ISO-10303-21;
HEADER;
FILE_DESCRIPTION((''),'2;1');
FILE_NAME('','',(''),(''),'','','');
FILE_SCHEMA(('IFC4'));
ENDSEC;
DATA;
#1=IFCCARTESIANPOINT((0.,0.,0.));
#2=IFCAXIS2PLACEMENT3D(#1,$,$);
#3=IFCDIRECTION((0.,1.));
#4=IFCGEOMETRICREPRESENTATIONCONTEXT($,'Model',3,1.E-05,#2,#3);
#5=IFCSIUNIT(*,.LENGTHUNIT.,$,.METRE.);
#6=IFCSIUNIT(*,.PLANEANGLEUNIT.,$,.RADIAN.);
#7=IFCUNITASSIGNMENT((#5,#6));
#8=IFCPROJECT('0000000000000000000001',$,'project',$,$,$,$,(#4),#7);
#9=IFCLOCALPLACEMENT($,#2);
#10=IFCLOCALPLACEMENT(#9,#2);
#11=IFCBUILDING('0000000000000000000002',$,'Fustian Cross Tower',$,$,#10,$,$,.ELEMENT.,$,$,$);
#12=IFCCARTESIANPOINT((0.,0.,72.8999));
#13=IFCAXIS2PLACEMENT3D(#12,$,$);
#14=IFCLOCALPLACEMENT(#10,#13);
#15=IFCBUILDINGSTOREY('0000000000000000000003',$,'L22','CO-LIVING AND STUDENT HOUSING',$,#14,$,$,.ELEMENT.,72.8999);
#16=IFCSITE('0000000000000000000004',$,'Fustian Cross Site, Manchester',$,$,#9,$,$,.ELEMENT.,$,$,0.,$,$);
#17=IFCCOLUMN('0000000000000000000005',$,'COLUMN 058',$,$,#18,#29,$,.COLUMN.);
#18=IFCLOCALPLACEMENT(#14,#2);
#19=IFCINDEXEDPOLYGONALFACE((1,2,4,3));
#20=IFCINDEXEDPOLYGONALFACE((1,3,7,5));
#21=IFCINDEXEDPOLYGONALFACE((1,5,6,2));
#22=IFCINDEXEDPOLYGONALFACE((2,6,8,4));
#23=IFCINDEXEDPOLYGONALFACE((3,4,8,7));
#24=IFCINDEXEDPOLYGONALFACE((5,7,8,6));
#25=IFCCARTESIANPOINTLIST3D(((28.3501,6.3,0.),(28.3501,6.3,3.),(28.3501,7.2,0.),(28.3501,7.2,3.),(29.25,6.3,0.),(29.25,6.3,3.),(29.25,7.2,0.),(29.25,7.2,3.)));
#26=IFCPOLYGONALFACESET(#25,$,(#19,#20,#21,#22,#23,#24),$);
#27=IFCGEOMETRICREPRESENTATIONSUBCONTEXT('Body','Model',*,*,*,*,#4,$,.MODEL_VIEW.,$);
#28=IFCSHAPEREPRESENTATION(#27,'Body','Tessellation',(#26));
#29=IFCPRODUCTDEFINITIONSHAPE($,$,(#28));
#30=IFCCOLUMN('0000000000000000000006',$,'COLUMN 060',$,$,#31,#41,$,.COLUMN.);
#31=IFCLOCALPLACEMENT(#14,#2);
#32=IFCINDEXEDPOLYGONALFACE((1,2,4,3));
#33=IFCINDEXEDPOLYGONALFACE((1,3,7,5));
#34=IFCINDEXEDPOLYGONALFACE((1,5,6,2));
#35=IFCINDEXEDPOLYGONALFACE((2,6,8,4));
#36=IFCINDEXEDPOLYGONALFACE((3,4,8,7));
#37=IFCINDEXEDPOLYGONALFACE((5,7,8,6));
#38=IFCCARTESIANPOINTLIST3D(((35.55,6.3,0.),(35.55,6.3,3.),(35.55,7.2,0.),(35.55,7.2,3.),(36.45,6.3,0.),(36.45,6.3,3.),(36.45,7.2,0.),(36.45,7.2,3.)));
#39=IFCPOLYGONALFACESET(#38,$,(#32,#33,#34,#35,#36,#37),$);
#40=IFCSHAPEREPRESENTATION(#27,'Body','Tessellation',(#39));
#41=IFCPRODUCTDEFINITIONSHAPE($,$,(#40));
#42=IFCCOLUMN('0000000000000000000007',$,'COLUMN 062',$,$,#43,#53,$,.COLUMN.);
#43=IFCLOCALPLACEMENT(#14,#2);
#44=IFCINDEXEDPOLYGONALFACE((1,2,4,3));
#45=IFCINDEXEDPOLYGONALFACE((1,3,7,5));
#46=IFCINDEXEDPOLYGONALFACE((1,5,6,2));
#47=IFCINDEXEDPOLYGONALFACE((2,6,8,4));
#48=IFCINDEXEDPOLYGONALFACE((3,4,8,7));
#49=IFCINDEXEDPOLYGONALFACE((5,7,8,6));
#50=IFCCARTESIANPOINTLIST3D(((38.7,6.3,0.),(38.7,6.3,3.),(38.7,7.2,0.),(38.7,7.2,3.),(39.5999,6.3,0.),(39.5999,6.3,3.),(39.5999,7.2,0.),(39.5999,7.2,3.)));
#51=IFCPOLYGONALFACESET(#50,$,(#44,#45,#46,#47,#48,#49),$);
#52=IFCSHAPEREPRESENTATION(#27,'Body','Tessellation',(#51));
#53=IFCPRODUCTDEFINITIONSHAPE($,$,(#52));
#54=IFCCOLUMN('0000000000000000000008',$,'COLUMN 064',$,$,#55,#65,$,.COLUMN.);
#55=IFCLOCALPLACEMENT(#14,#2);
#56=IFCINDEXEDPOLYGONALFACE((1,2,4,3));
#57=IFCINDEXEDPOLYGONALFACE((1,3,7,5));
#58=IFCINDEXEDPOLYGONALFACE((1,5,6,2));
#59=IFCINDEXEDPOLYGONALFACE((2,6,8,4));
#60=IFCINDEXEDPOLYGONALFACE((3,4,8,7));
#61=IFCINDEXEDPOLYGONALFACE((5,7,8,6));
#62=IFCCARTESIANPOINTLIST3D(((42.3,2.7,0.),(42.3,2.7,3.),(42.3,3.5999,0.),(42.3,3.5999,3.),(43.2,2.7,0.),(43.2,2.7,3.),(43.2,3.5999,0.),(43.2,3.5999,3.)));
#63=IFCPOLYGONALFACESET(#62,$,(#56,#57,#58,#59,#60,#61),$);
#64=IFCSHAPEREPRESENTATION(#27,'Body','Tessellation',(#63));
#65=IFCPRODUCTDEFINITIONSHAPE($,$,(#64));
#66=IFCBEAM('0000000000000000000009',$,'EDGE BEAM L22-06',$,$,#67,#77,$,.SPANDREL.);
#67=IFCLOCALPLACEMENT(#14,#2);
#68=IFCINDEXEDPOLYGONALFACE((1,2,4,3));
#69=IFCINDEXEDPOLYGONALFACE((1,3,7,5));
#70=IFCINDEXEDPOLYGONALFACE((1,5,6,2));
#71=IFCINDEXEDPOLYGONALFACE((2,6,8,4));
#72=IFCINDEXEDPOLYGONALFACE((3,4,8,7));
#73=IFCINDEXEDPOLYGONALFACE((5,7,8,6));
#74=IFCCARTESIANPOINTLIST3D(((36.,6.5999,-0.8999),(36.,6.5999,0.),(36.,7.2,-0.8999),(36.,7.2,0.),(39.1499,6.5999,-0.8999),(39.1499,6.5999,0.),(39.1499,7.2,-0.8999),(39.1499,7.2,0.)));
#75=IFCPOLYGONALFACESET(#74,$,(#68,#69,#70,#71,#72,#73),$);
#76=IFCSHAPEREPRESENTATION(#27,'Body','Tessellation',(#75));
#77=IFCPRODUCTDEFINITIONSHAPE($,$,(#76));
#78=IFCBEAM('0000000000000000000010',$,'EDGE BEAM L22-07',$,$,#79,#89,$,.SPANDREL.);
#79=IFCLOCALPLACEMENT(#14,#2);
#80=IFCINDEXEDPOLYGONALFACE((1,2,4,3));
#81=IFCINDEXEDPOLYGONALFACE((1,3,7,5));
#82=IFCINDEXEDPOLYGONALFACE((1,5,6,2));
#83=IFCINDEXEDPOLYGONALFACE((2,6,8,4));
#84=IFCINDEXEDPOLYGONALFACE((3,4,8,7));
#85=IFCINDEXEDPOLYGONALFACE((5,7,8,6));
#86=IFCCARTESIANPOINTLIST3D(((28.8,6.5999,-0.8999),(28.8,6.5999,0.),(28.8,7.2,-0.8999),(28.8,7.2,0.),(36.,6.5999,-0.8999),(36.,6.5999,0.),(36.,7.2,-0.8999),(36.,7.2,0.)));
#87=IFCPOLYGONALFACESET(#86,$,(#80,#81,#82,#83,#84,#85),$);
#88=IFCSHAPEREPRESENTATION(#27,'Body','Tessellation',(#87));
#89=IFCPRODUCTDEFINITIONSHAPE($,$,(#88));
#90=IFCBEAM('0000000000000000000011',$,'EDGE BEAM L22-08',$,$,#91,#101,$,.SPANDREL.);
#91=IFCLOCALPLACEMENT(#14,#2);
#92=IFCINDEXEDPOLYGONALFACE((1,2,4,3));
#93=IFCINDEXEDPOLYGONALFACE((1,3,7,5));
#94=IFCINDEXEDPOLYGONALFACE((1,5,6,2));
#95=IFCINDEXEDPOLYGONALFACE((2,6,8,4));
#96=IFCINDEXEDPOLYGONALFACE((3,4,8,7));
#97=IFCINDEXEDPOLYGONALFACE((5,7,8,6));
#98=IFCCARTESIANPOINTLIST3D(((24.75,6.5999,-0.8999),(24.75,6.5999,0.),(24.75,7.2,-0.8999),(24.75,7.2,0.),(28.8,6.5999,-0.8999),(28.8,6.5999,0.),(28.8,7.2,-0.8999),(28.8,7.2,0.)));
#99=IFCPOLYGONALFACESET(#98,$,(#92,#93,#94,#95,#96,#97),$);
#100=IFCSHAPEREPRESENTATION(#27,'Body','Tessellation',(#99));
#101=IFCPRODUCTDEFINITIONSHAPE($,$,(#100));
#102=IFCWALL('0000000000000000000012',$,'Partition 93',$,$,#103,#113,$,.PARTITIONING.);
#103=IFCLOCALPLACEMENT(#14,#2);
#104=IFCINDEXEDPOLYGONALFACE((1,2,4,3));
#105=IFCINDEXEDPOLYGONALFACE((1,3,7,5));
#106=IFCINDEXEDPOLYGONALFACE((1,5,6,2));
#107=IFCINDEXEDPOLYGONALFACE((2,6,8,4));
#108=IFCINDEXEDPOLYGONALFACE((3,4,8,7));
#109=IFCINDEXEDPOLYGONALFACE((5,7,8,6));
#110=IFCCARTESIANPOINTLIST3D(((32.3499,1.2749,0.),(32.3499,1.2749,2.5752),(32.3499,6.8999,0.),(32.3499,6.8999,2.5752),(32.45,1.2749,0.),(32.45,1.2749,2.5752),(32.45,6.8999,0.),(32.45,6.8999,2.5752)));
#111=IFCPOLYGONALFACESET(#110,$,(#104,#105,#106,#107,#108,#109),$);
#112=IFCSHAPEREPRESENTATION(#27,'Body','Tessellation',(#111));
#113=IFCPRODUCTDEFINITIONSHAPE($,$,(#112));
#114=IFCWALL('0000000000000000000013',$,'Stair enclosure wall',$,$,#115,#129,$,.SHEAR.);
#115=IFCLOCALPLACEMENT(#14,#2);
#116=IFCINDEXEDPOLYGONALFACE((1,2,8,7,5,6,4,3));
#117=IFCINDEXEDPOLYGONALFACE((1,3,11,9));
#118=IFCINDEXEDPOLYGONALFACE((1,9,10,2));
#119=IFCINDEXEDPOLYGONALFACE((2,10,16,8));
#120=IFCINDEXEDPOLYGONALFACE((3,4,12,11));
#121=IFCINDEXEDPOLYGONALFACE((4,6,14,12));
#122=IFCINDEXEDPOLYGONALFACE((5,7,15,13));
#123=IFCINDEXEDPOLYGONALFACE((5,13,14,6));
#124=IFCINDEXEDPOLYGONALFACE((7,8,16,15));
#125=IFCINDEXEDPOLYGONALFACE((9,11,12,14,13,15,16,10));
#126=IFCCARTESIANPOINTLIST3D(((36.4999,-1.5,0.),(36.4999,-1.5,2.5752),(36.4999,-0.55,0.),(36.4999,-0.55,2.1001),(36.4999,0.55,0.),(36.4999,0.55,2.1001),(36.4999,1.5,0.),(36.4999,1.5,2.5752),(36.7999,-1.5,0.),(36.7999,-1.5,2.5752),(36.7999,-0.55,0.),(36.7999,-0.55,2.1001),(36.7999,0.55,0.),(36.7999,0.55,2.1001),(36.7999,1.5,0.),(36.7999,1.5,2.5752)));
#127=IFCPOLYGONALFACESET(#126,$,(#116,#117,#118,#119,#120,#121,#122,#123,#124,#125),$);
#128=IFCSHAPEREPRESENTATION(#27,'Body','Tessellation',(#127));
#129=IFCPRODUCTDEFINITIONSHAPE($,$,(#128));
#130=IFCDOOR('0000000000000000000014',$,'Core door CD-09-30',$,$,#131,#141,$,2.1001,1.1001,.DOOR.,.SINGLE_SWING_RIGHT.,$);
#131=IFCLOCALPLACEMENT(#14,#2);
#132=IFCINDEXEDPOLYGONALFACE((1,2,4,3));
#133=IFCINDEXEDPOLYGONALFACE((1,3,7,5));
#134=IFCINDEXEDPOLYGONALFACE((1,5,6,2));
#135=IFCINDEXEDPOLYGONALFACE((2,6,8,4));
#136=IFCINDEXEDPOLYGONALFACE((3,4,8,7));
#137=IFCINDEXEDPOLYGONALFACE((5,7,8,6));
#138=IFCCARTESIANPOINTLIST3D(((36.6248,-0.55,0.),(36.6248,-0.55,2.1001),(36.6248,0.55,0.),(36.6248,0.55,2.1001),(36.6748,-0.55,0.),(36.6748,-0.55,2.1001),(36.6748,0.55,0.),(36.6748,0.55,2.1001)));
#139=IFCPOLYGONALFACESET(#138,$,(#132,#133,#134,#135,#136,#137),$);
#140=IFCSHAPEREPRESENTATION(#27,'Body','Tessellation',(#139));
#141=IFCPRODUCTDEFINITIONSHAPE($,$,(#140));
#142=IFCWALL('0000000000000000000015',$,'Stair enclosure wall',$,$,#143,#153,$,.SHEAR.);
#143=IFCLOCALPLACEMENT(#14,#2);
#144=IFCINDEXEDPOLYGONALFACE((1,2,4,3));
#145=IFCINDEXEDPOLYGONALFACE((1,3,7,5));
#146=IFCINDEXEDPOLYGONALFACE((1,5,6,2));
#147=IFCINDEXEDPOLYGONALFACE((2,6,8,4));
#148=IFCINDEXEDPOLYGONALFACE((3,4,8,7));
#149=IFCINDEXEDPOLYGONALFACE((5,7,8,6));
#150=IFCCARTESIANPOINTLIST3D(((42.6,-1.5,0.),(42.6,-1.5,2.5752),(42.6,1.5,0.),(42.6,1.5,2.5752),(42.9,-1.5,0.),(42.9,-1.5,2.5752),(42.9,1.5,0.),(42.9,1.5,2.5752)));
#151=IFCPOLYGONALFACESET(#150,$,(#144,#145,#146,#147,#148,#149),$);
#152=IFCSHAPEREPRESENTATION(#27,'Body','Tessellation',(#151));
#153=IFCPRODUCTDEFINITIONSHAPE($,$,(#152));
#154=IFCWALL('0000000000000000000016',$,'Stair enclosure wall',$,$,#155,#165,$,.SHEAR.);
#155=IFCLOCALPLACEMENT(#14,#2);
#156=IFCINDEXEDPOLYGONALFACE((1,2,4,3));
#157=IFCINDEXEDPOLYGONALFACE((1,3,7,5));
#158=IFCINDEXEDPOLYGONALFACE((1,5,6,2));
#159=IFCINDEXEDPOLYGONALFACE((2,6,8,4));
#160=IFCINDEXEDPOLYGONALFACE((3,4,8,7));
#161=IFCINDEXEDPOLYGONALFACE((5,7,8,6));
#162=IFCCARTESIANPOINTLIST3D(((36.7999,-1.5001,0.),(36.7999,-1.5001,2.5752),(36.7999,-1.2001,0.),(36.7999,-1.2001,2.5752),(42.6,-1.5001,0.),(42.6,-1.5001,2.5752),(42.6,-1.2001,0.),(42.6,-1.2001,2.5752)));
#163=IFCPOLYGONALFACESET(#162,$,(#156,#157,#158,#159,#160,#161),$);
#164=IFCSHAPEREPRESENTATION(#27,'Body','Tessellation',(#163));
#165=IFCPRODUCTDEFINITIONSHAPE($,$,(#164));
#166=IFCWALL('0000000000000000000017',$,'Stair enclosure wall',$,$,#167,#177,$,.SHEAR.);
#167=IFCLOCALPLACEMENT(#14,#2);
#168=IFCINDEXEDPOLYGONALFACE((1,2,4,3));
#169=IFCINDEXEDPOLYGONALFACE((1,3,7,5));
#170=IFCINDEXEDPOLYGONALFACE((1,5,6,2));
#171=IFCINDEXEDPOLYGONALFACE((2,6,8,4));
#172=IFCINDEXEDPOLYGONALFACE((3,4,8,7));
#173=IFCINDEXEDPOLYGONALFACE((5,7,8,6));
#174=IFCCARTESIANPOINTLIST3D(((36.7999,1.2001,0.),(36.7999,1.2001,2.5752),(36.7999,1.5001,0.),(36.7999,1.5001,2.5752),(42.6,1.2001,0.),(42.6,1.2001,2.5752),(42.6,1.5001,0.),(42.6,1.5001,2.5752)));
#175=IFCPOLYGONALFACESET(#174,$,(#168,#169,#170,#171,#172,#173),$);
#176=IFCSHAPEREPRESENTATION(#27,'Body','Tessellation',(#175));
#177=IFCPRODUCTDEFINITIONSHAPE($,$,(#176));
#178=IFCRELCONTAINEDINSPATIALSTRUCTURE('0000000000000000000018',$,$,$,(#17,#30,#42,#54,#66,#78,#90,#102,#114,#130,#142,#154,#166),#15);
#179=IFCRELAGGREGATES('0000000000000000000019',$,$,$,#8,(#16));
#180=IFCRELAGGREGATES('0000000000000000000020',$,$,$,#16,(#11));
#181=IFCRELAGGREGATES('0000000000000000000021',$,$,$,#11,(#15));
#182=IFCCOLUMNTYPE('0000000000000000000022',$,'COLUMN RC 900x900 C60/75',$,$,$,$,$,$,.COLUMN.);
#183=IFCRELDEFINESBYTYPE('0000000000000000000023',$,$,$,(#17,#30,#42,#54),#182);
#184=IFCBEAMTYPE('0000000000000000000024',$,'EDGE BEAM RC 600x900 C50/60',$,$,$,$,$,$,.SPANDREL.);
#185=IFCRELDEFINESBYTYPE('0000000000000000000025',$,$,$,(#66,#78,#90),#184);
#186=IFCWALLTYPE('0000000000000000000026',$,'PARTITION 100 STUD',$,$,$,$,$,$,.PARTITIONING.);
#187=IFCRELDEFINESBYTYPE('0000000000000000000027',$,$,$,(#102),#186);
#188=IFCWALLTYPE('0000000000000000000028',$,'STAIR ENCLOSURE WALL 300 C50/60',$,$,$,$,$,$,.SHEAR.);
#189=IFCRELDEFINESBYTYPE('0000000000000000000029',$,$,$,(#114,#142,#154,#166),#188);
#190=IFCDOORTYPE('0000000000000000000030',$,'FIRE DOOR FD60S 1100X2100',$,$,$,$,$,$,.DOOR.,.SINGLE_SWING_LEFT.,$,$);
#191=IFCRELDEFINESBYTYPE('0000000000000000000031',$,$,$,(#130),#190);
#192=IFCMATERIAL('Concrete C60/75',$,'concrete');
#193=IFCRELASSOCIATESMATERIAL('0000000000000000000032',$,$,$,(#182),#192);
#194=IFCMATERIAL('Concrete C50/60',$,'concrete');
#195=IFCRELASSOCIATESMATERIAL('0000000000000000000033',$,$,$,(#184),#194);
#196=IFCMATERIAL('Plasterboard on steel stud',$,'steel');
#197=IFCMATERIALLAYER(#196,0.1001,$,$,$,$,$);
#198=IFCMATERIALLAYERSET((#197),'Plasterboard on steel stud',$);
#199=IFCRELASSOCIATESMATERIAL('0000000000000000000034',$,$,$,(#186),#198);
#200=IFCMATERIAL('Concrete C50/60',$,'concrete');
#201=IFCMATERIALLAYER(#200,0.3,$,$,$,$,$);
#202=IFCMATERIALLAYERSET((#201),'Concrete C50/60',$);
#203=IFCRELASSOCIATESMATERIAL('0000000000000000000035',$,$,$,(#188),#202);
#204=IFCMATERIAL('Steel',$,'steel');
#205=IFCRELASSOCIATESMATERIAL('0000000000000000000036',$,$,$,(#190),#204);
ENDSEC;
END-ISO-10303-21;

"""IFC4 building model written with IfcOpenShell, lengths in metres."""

from ifc_helpers import new_model, si_unit, direction, frame, frame_2d, origin, origin_2d, place, context, subcontext, project, spatial, rectangle, extrude, material, layer, layer_set, material_profile, profile_set, type_object, element, fill, save


model = new_model("IFC4")

# Units and contexts
model_context = context("Model", 3, precision=1e-05, world=origin(), true_north=direction((0.0, 1.0)))
body_context = subcontext(model_context, "Body", "Model", "MODEL_VIEW")
ifc_project = project(units=[si_unit("LENGTHUNIT", "METRE"), si_unit("PLANEANGLEUNIT", "RADIAN")], contexts=[model_context])

# Site, building, storey
site_placement = place(None, origin())
site = spatial("IfcSite", under=ifc_project, at=site_placement, Name="Fustian Cross Site, Manchester", CompositionType="ELEMENT", RefElevation=0.0)
building_placement = place(site_placement, origin())
building = spatial("IfcBuilding", under=site, at=building_placement, Name="Fustian Cross Tower", CompositionType="ELEMENT")
storey_placement = place(building_placement, frame((0.0, 0.0, 72.8999)))
storey = spatial("IfcBuildingStorey", under=building, at=storey_placement, Name="L22", Description="CO-LIVING AND STUDENT HOUSING", CompositionType="ELEMENT", Elevation=72.8999)

# Columns
ifc_material_1 = material(Name="Concrete C60/75", Category="concrete")
ifc_material_profile_1 = material_profile(ifc_material_1, rectangle(XDim=0.8999, YDim=0.8999, at=origin_2d()), Name="RC 900x900")
ifc_profile_set_1 = profile_set([ifc_material_profile_1], Name="Concrete C60/75")
column_type = type_object("IfcColumnType", Name="COLUMN RC 900x900 C60/75", PredefinedType="COLUMN", material=ifc_profile_set_1)
for number, where, z_axis, x_axis, name in (
    (1, (28.8, 6.75, 0.0), (0.0, 0.0, 1.0), (1.0, 0.0, 0.0), "COLUMN 058"),
    (2, (36.0, 6.75, 0.0), (0.0, 0.0, 1.0), (1.0, 0.0, 0.0), "COLUMN 060"),
    (3, (39.1499, 6.75, 0.0), (0.0, 0.0, 1.0), (1.0, 0.0, 0.0), "COLUMN 062"),
    (4, (42.75, 3.1499, 0.0), (0.0, 0.0, 1.0), (1.0, 0.0, 0.0), "COLUMN 064"),
):
    element("IfcColumn", number, at=place(storey_placement, frame(where, z_axis=z_axis, x_axis=x_axis)), inside=storey, type_object=column_type, Name=name, PredefinedType="COLUMN", context=body_context, shape_type="SweptSolid", body=[
        extrude(rectangle(XDim=0.8999, YDim=0.8999, at=origin_2d()), origin(), (0.0, 0.0, 1.0), 3.0),
    ])

# Beams
ifc_material_2 = material(Name="Concrete C50/60", Category="concrete")
ifc_material_profile_2 = material_profile(ifc_material_2, rectangle(XDim=0.6001, YDim=0.8999, at=origin_2d()), Name="RC 600x900")
ifc_profile_set_2 = profile_set([ifc_material_profile_2], Name="Concrete C50/60")
beam_type = type_object("IfcBeamType", Name="EDGE BEAM RC 600x900 C50/60", PredefinedType="SPANDREL", material=ifc_profile_set_2)
beam_1_placement = place(storey_placement, frame((39.1499, 6.8999, -0.45), z_axis=(-1.0, 0.0, 0.0), x_axis=(0.0, -1.0, 0.0)))
element("IfcBeam", 5, at=beam_1_placement, inside=storey, type_object=beam_type, Name="EDGE BEAM L22-06", PredefinedType="SPANDREL", context=body_context, shape_type="SweptSolid", body=[
    extrude(rectangle(XDim=0.6001, YDim=0.8999, at=origin_2d()), origin(), (0.0, 0.0, 1.0), 3.1499),
])
beam_2_placement = place(storey_placement, frame((36.0, 6.8999, -0.45), z_axis=(-1.0, 0.0, 0.0), x_axis=(0.0, -1.0, 0.0)))
element("IfcBeam", 6, at=beam_2_placement, inside=storey, type_object=beam_type, Name="EDGE BEAM L22-07", PredefinedType="SPANDREL", context=body_context, shape_type="SweptSolid", body=[
    extrude(rectangle(XDim=0.6001, YDim=0.8999, at=origin_2d()), origin(), (0.0, 0.0, 1.0), 7.2),
])
beam_3_placement = place(storey_placement, frame((28.8, 6.8999, -0.45), z_axis=(-1.0, 0.0, 0.0), x_axis=(0.0, -1.0, 0.0)))
element("IfcBeam", 7, at=beam_3_placement, inside=storey, type_object=beam_type, Name="EDGE BEAM L22-08", PredefinedType="SPANDREL", context=body_context, shape_type="SweptSolid", body=[
    extrude(rectangle(XDim=0.6001, YDim=0.8999, at=origin_2d()), origin(), (0.0, 0.0, 1.0), 4.05),
])

# Wall
ifc_material_3 = material(Name="Plasterboard on steel stud", Category="steel")
ifc_layer_1 = layer(ifc_material_3, 0.1001)
ifc_layer_set_1 = layer_set([ifc_layer_1], Name="Plasterboard on steel stud")
wall_type_1 = type_object("IfcWallType", Name="PARTITION 100 STUD", PredefinedType="PARTITIONING", material=ifc_layer_set_1)
wall_1_placement = place(storey_placement, frame((32.3999, 1.2749, 0.0), z_axis=(0.0, 0.0, 1.0), x_axis=(0.0, 1.0, 0.0)))
element("IfcWall", 8, at=wall_1_placement, inside=storey, type_object=wall_type_1, Name="Partition 93", PredefinedType="PARTITIONING", context=body_context, shape_type="SweptSolid", body=[
    extrude(rectangle(XDim=5.625, YDim=0.1001, at=frame_2d((2.8125, 0.0))), origin(), (0.0, 0.0, 1.0), 2.5752),
])

# Wall, opening, door
ifc_material_4 = material(Name="Concrete C50/60", Category="concrete")
ifc_layer_2 = layer(ifc_material_4, 0.3)
ifc_layer_set_2 = layer_set([ifc_layer_2], Name="Concrete C50/60")
wall_type_2 = type_object("IfcWallType", Name="STAIR ENCLOSURE WALL 300 C50/60", PredefinedType="SHEAR", material=ifc_layer_set_2)
wall_2_placement = place(storey_placement, frame((36.6499, -1.5, 0.0), z_axis=(0.0, 0.0, 1.0), x_axis=(0.0, 1.0, 0.0)))
wall_2 = element("IfcWall", 9, at=wall_2_placement, inside=storey, type_object=wall_type_2, Name="Stair enclosure wall", PredefinedType="SHEAR", context=body_context, shape_type="SweptSolid", body=[
    extrude(rectangle(XDim=3.0, YDim=0.3, at=frame_2d((1.5, 0.0))), origin(), (0.0, 0.0, 1.0), 2.5752),
])
opening_1_placement = place(wall_2_placement, frame((0.95, 0.0, 0.0)))
opening_1 = element("IfcOpeningElement", 10, at=opening_1_placement, cuts=wall_2, PredefinedType="OPENING", context=body_context, shape_type="SweptSolid", body=[
    extrude(rectangle(XDim=1.1001, YDim=2.1001, at=frame_2d((0.55, 1.05))), frame((0.0, 0.1599, 0.0), z_axis=(0.0, -1.0, 0.0), x_axis=(1.0, 0.0, 0.0)), (0.0, 0.0, 1.0), 0.3201),
])
ifc_material_5 = material(Name="Steel", Category="steel")
door_type = type_object("IfcDoorType", Name="FIRE DOOR FD60S 1100X2100", OperationType="SINGLE_SWING_LEFT", PredefinedType="DOOR", material=ifc_material_5)
door_placement = place(opening_1_placement, frame((1.1001, 0.0, 0.0), z_axis=(0.0, 0.0, 1.0), x_axis=(-1.0, 0.0, 0.0)))
door = element("IfcDoor", 11, at=door_placement, inside=storey, type_object=door_type, Name="Core door CD-09-30", OperationType="SINGLE_SWING_RIGHT", OverallHeight=2.1001, OverallWidth=1.1001, PredefinedType="DOOR", context=body_context, shape_type="SweptSolid", body=[
    extrude(rectangle(XDim=1.1001, YDim=2.1001, at=frame_2d((0.55, 1.05))), frame((0.0, 0.0249, 0.0), z_axis=(0.0, -1.0, 0.0), x_axis=(1.0, 0.0, 0.0)), (0.0, 0.0, 1.0), 0.05),
])
fill(opening_1, door)

# Walls
wall_3_placement = place(storey_placement, frame((42.75, -1.5, 0.0), z_axis=(0.0, 0.0, 1.0), x_axis=(0.0, 1.0, 0.0)))
element("IfcWall", 12, at=wall_3_placement, inside=storey, type_object=wall_type_2, Name="Stair enclosure wall", PredefinedType="SHEAR", context=body_context, shape_type="SweptSolid", body=[
    extrude(rectangle(XDim=3.0, YDim=0.3, at=frame_2d((1.5, 0.0))), origin(), (0.0, 0.0, 1.0), 2.5752),
])
for number, where, z_axis, x_axis, name in (
    (13, (36.8, -1.3501, 0.0), (0.0, 0.0, 1.0), (1.0, 0.0, 0.0), "Stair enclosure wall"),
    (14, (36.8, 1.3501, 0.0), (0.0, 0.0, 1.0), (1.0, 0.0, 0.0), "Stair enclosure wall"),
):
    element("IfcWall", number, at=place(storey_placement, frame(where, z_axis=z_axis, x_axis=x_axis)), inside=storey, type_object=wall_type_2, Name=name, PredefinedType="SHEAR", context=body_context, shape_type="SweptSolid", body=[
        extrude(rectangle(XDim=5.8, YDim=0.3, at=frame_2d((2.8999, 0.0))), origin(), (0.0, 0.0, 1.0), 2.5752),
    ])

save(model, "model.ifc")
